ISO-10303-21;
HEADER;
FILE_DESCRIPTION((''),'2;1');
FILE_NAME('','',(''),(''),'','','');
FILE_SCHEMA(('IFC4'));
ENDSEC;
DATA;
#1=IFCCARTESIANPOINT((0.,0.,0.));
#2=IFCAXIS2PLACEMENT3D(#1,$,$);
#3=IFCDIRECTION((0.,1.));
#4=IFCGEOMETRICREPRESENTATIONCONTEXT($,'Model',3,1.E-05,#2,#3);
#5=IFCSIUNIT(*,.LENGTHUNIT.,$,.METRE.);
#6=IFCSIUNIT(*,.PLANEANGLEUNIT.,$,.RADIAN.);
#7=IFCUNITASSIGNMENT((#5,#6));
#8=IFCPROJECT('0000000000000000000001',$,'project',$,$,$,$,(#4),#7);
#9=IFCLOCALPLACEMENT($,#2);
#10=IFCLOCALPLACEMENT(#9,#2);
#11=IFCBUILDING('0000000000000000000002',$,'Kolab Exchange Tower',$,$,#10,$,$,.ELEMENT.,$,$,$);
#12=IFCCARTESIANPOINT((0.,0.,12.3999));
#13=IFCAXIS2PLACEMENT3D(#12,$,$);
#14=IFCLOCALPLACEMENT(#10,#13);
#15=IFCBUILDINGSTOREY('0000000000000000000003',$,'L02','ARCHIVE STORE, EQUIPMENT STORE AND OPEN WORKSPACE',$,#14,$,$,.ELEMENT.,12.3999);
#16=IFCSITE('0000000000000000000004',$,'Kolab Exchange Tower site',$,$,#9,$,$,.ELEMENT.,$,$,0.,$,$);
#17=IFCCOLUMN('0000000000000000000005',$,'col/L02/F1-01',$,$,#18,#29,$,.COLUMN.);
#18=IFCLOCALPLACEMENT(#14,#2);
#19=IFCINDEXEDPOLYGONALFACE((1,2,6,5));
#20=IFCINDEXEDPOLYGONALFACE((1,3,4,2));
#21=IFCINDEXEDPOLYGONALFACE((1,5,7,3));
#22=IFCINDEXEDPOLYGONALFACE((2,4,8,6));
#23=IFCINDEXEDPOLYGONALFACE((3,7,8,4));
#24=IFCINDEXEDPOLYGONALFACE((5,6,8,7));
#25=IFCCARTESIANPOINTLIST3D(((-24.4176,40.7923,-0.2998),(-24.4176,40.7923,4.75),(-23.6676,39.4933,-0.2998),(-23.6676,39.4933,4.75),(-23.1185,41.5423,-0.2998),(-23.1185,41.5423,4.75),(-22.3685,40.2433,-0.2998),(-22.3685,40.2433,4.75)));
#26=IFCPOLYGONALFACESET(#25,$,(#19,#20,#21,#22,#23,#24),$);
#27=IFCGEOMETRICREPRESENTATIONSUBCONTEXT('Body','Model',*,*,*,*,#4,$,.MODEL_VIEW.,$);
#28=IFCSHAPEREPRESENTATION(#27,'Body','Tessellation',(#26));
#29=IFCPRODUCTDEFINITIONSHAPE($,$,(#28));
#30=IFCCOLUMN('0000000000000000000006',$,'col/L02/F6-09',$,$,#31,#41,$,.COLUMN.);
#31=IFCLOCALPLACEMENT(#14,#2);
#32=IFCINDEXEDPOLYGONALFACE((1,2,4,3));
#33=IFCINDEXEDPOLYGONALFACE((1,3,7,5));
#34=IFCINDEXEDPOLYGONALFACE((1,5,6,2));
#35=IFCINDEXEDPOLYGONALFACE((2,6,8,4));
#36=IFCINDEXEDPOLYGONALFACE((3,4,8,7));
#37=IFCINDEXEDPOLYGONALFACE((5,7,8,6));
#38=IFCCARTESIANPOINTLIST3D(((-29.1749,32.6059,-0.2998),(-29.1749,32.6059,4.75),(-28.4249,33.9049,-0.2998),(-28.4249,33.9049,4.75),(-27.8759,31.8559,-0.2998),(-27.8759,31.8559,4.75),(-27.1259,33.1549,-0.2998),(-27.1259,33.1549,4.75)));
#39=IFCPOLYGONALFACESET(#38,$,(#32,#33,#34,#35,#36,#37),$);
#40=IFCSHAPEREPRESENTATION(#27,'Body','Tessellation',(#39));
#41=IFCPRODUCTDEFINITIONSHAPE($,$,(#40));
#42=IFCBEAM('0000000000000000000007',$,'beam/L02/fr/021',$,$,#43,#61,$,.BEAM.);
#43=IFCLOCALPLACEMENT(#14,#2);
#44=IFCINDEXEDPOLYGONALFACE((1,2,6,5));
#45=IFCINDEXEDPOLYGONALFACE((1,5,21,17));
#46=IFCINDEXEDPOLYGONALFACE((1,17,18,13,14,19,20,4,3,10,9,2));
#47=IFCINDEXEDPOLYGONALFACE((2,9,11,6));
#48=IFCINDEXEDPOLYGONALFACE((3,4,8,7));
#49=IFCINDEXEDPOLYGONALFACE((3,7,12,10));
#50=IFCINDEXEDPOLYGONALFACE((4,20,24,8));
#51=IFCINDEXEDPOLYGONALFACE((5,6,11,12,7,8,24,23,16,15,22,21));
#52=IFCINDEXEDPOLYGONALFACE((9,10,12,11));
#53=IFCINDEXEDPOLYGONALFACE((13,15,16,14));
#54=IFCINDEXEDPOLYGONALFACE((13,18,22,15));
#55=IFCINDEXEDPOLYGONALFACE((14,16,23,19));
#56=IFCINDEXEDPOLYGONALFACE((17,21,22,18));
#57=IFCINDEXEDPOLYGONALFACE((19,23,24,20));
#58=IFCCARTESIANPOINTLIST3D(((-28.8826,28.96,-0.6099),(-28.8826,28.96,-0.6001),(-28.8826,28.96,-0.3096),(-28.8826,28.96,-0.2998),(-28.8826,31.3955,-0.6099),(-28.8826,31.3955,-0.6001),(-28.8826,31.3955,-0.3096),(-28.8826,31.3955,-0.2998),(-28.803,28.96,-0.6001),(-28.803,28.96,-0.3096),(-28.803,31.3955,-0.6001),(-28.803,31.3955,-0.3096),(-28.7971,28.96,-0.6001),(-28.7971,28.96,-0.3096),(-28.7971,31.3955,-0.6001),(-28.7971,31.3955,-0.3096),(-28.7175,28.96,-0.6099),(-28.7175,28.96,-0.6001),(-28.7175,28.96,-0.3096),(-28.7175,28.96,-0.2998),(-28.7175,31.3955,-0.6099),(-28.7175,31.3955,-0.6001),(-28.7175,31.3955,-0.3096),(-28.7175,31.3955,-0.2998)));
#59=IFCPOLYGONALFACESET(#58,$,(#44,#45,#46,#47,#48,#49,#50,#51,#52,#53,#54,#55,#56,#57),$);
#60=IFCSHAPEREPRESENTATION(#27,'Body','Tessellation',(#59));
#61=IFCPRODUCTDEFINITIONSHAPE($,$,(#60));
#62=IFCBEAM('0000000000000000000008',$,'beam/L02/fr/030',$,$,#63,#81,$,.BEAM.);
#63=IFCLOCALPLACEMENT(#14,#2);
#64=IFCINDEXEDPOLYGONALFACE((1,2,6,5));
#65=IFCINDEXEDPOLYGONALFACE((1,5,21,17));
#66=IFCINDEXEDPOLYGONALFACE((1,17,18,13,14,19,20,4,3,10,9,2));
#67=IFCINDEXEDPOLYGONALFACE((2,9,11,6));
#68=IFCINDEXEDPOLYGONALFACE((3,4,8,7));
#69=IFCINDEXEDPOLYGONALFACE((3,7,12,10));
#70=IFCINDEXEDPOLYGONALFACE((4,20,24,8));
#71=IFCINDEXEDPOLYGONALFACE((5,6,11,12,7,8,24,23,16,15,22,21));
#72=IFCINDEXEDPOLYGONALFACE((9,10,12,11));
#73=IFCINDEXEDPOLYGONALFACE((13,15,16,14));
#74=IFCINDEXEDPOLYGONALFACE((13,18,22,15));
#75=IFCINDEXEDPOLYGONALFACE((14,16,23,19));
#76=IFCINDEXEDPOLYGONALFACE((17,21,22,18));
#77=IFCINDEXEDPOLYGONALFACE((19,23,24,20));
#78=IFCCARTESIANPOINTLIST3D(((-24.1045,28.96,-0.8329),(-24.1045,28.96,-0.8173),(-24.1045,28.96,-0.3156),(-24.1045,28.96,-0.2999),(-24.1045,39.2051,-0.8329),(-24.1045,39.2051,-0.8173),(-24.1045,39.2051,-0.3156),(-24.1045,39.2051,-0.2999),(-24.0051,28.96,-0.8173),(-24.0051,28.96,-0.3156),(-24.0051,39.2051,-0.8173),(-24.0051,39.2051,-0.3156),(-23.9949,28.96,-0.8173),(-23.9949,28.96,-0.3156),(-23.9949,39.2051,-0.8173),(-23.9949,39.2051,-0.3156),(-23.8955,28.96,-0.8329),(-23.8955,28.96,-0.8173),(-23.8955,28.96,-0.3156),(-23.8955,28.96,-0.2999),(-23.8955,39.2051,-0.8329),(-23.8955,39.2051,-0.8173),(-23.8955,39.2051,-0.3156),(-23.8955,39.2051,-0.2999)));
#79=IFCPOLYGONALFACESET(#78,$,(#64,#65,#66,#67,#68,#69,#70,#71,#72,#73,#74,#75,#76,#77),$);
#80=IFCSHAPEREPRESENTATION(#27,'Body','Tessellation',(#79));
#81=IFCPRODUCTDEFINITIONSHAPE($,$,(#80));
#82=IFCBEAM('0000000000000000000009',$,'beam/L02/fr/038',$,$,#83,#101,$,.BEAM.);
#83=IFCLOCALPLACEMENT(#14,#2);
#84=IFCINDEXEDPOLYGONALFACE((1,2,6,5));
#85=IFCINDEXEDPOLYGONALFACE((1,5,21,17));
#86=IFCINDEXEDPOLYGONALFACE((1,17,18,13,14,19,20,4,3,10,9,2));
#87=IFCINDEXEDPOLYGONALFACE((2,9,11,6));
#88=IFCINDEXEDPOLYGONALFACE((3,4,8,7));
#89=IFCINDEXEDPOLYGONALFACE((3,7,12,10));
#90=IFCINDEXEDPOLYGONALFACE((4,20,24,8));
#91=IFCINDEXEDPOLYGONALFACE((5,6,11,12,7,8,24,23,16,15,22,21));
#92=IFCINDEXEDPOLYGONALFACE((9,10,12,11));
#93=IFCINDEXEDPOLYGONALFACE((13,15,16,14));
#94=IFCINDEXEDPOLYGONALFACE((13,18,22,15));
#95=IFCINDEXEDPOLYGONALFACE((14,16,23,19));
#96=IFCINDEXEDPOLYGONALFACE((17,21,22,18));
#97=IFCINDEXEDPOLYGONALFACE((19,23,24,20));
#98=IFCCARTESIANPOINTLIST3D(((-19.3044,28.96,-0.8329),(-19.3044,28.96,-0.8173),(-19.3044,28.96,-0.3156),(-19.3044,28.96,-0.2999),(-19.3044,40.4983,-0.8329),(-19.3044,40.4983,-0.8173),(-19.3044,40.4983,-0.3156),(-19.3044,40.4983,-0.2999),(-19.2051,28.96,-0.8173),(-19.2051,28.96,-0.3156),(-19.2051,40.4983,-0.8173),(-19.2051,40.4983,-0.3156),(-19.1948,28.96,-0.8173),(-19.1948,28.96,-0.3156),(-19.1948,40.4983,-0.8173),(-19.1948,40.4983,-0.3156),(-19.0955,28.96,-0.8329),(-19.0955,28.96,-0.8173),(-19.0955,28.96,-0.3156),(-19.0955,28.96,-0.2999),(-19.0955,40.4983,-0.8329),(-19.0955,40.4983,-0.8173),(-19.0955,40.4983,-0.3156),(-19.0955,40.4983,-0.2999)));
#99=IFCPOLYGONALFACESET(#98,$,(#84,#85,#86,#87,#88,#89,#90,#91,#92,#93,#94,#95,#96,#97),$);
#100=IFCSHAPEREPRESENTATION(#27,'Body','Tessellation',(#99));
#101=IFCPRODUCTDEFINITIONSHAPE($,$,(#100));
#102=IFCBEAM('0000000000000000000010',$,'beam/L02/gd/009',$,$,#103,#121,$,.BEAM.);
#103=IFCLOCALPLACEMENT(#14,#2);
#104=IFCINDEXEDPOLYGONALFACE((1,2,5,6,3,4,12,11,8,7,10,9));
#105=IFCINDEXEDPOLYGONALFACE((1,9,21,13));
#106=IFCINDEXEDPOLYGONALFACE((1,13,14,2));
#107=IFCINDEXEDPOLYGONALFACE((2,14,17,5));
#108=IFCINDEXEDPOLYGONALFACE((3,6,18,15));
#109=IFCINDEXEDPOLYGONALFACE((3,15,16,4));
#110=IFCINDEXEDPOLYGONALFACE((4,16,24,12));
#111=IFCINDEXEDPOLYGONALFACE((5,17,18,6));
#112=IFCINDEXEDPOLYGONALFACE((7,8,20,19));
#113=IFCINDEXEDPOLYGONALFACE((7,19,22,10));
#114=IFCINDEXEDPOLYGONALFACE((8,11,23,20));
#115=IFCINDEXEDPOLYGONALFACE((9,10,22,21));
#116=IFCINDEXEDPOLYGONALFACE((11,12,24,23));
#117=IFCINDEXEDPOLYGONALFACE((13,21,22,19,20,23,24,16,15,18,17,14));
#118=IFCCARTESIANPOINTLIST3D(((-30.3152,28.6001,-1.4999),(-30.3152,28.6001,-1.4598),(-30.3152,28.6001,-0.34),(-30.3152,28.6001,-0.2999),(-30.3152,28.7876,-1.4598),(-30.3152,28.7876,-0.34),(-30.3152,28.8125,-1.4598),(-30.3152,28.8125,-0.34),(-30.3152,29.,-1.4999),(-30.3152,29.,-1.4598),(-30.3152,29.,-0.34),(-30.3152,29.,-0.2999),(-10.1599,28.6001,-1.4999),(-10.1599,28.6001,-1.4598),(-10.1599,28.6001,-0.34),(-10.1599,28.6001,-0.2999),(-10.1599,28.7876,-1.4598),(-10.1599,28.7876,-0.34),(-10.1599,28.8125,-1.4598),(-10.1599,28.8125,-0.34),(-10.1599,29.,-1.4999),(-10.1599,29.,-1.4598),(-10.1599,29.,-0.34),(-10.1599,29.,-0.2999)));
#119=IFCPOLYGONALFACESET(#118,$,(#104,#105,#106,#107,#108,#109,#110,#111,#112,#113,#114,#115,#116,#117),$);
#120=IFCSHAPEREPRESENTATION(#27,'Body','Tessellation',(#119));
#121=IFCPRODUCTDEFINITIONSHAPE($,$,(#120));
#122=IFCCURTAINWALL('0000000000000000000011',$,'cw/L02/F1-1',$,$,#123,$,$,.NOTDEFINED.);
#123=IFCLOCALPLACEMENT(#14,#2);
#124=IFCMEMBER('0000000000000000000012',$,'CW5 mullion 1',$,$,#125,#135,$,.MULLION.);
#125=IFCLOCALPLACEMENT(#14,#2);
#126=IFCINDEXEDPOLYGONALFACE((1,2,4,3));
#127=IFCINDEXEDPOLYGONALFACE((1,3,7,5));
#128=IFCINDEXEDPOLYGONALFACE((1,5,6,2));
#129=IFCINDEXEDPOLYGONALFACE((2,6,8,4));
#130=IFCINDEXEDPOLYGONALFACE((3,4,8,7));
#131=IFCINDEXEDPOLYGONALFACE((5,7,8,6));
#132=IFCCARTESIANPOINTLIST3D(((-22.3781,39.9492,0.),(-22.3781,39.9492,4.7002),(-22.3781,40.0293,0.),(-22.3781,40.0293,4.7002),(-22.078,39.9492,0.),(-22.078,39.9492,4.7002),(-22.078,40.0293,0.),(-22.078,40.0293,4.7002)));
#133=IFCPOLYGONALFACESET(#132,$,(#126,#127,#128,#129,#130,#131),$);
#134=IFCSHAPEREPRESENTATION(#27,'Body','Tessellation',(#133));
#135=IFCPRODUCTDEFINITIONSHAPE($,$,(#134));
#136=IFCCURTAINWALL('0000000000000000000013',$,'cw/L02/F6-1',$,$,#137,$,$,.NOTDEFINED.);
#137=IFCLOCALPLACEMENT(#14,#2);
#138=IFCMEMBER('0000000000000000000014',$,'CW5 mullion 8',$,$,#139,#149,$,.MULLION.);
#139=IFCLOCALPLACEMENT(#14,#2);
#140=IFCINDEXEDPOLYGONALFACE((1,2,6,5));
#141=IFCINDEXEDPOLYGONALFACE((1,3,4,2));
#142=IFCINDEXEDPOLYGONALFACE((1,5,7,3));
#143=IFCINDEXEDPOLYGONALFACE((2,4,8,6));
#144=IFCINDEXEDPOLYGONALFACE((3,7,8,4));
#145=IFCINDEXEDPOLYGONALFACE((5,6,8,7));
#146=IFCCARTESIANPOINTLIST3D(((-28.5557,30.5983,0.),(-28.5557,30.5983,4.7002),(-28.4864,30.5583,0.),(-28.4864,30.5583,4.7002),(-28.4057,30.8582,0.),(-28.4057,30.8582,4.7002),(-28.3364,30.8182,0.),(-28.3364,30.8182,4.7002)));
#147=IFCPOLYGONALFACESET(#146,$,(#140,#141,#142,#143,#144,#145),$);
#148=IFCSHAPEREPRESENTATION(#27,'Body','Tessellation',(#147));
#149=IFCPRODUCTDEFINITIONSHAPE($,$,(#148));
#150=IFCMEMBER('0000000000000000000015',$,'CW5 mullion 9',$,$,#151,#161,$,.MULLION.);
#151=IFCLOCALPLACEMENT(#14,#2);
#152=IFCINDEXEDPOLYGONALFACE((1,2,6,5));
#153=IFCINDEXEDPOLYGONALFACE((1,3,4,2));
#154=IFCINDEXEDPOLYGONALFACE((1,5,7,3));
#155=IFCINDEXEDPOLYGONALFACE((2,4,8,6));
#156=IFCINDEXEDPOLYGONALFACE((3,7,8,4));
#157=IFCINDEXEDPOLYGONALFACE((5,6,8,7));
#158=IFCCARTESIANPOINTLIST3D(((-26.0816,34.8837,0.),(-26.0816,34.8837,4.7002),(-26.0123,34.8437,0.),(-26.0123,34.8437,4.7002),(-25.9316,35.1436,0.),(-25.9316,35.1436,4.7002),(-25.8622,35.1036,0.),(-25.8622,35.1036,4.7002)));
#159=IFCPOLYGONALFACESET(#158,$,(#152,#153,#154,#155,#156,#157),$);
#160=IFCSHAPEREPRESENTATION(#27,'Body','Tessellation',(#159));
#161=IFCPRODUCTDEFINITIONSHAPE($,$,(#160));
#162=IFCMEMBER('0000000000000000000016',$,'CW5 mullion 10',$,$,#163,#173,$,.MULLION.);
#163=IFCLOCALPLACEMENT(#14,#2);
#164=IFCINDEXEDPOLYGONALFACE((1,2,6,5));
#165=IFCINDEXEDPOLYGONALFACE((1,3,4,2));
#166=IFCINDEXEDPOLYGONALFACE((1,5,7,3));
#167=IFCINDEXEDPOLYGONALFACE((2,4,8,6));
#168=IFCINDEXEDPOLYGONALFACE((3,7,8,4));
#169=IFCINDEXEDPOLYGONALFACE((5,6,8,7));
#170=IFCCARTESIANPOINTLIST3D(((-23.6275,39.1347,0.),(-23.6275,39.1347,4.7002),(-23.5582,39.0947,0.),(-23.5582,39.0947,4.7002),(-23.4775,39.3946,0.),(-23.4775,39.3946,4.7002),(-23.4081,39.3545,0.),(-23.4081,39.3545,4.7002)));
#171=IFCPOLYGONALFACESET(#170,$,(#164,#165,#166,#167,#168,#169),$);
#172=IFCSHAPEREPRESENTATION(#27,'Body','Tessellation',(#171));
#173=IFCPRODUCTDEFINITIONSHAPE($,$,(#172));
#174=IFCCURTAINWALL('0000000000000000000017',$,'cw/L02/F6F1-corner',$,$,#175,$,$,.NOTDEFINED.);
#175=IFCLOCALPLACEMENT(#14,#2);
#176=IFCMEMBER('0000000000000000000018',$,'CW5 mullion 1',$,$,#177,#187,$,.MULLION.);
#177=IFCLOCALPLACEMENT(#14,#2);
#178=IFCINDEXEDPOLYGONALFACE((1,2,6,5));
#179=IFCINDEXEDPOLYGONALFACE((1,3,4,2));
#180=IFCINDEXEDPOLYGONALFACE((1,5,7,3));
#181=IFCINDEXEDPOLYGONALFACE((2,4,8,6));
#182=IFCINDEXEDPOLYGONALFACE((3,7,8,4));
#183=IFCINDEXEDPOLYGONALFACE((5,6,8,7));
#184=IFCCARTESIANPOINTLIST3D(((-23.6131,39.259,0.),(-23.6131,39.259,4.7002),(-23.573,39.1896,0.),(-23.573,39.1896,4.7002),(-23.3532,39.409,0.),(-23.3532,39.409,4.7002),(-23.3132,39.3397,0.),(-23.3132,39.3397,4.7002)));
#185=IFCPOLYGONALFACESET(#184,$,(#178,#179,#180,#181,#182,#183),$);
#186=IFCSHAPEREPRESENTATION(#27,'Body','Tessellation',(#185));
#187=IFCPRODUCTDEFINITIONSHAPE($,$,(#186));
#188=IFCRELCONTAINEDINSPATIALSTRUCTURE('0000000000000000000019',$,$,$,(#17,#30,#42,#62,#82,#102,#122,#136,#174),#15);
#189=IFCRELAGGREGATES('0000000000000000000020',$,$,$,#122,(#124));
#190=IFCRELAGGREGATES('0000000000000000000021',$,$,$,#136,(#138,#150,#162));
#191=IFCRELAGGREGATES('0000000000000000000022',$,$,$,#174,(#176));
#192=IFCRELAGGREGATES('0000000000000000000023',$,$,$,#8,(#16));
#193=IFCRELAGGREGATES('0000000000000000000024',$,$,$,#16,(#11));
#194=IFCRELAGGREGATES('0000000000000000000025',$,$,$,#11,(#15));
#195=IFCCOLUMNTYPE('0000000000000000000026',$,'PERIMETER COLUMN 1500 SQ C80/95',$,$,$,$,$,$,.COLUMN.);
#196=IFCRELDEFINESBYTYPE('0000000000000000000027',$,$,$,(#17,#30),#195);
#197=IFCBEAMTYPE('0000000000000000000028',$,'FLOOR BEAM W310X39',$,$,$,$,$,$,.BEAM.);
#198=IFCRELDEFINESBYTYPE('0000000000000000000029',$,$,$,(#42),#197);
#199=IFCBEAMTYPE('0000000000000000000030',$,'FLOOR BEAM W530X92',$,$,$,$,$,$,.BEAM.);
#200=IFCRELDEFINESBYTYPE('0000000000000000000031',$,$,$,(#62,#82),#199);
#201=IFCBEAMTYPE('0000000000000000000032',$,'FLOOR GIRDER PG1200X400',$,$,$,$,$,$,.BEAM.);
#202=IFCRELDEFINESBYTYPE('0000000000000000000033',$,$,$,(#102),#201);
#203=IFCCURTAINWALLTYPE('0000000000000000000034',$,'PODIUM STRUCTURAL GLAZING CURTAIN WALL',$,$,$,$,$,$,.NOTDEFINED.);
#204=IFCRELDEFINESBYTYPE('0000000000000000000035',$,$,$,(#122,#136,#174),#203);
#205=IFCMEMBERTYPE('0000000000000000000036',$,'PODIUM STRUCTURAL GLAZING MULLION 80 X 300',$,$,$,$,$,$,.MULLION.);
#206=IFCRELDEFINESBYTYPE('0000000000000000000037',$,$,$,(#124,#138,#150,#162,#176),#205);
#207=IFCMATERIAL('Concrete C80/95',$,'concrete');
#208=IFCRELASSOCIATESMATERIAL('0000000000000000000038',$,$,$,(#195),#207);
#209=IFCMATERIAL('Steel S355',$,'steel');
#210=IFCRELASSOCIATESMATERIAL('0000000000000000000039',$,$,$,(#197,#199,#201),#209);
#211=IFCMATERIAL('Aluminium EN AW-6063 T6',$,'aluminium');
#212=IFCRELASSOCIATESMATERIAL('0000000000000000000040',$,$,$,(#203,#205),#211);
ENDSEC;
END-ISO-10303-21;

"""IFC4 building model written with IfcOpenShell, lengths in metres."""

from ifc_helpers import new_model, si_unit, direction, frame, origin, origin_2d, place, context, subcontext, project, spatial, rectangle, i_section, extrude, material, material_profile, profile_set, type_object, element, aggregate, save


model = new_model("IFC4")

# Units and contexts
model_context = context("Model", 3, precision=1e-05, world=origin(), true_north=direction((0.0, 1.0)))
body_context = subcontext(model_context, "Body", "Model", "MODEL_VIEW")
ifc_project = project(units=[si_unit("LENGTHUNIT", "METRE"), si_unit("PLANEANGLEUNIT", "RADIAN")], contexts=[model_context])

# Site, building, storey
site_placement = place(None, origin())
site = spatial("IfcSite", under=ifc_project, at=site_placement, Name="Kolab Exchange Tower site", CompositionType="ELEMENT", RefElevation=0.0)
building_placement = place(site_placement, origin())
building = spatial("IfcBuilding", under=site, at=building_placement, Name="Kolab Exchange Tower", CompositionType="ELEMENT")
storey_placement = place(building_placement, frame((0.0, 0.0, 12.3999)))
storey = spatial("IfcBuildingStorey", under=building, at=storey_placement, Name="L02", Description="ARCHIVE STORE, EQUIPMENT STORE AND OPEN WORKSPACE", CompositionType="ELEMENT", Elevation=12.3999)

# Columns
ifc_material_1 = material(Name="Concrete C80/95", Category="concrete")
ifc_material_profile_1 = material_profile(ifc_material_1, rectangle(XDim=1.5, YDim=1.5, at=origin_2d()), Name="RC1500")
ifc_profile_set_1 = profile_set([ifc_material_profile_1], Name="Concrete C80/95")
column_type = type_object("IfcColumnType", Name="PERIMETER COLUMN 1500 SQ C80/95", PredefinedType="COLUMN", material=ifc_profile_set_1)
for number, where, z_axis, x_axis, name in (
    (1, (-23.3931, 40.5178, -0.2998), (0.0, 0.0, 1.0), (0.866025, 0.5, 0.0), "col/L02/F1-01"),
    (2, (-28.1504, 32.8804, -0.2998), (0.0, 0.0, 1.0), (0.5, 0.866025, 0.0), "col/L02/F6-09"),
):
    element("IfcColumn", number, at=place(storey_placement, frame(where, z_axis=z_axis, x_axis=x_axis)), inside=storey, type_object=column_type, Name=name, PredefinedType="COLUMN", context=body_context, shape_type="SweptSolid", body=[
        extrude(rectangle(XDim=1.5, YDim=1.5, at=origin_2d()), origin(), (0.0, 0.0, 1.0), 5.0498),
    ])

# Beams
ifc_material_2 = material(Name="Steel S355", Category="steel")
ifc_material_profile_2 = material_profile(ifc_material_2, i_section(OverallWidth=0.165, OverallDepth=0.3101, WebThickness=0.0059, FlangeThickness=0.0098, at=origin_2d()), Name="W310X39")
ifc_profile_set_2 = profile_set([ifc_material_profile_2], Name="Steel S355")
beam_type_1 = type_object("IfcBeamType", Name="FLOOR BEAM W310X39", PredefinedType="BEAM", material=ifc_profile_set_2)
beam_1_placement = place(storey_placement, frame((-28.8, 28.96, -0.4548), z_axis=(0.0, 1.0, 0.0), x_axis=(-1.0, 0.0, 0.0)))
element("IfcBeam", 3, at=beam_1_placement, inside=storey, type_object=beam_type_1, Name="beam/L02/fr/021", PredefinedType="BEAM", context=body_context, shape_type="SweptSolid", body=[
    extrude(i_section(OverallWidth=0.165, OverallDepth=0.3101, WebThickness=0.0059, FlangeThickness=0.0098, at=origin_2d()), origin(), (0.0, 0.0, 1.0), 2.4355),
])
ifc_material_profile_3 = material_profile(ifc_material_2, i_section(OverallWidth=0.209, OverallDepth=0.533, WebThickness=0.0103, FlangeThickness=0.0156, at=origin_2d()), Name="W530X92")
ifc_profile_set_3 = profile_set([ifc_material_profile_3], Name="Steel S355")
beam_type_2 = type_object("IfcBeamType", Name="FLOOR BEAM W530X92", PredefinedType="BEAM", material=ifc_profile_set_3)
beam_2_placement = place(storey_placement, frame((-24.0, 28.96, -0.5664), z_axis=(0.0, 1.0, 0.0), x_axis=(-1.0, 0.0, 0.0)))
element("IfcBeam", 4, at=beam_2_placement, inside=storey, type_object=beam_type_2, Name="beam/L02/fr/030", PredefinedType="BEAM", context=body_context, shape_type="SweptSolid", body=[
    extrude(i_section(OverallWidth=0.209, OverallDepth=0.533, WebThickness=0.0103, FlangeThickness=0.0156, at=origin_2d()), origin(), (0.0, 0.0, 1.0), 10.2451),
])
beam_3_placement = place(storey_placement, frame((-19.2, 28.96, -0.5664), z_axis=(0.0, 1.0, 0.0), x_axis=(-1.0, 0.0, 0.0)))
element("IfcBeam", 5, at=beam_3_placement, inside=storey, type_object=beam_type_2, Name="beam/L02/fr/038", PredefinedType="BEAM", context=body_context, shape_type="SweptSolid", body=[
    extrude(i_section(OverallWidth=0.209, OverallDepth=0.533, WebThickness=0.0103, FlangeThickness=0.0156, at=origin_2d()), origin(), (0.0, 0.0, 1.0), 11.5383),
])
ifc_material_profile_4 = material_profile(ifc_material_2, i_section(OverallWidth=0.3999, OverallDepth=1.2, WebThickness=0.0249, FlangeThickness=0.04, at=origin_2d()), Name="PG1200X400")
ifc_profile_set_4 = profile_set([ifc_material_profile_4], Name="Steel S355")
beam_type_3 = type_object("IfcBeamType", Name="FLOOR GIRDER PG1200X400", PredefinedType="BEAM", material=ifc_profile_set_4)
beam_4_placement = place(storey_placement, frame((-30.3152, 28.8, -0.8999), z_axis=(1.0, 0.0, 0.0), x_axis=(0.0, 1.0, 0.0)))
element("IfcBeam", 6, at=beam_4_placement, inside=storey, type_object=beam_type_3, Name="beam/L02/gd/009", PredefinedType="BEAM", context=body_context, shape_type="SweptSolid", body=[
    extrude(i_section(OverallWidth=0.3999, OverallDepth=1.2, WebThickness=0.0249, FlangeThickness=0.04, at=origin_2d()), origin(), (0.0, 0.0, 1.0), 20.1553),
])

# Curtain wall, member
ifc_material_3 = material(Name="Aluminium EN AW-6063 T6", Category="aluminium")
curtain_wall_type = type_object("IfcCurtainWallType", Name="PODIUM STRUCTURAL GLAZING CURTAIN WALL", PredefinedType="NOTDEFINED", material=ifc_material_3)
curtain_wall_1_placement = place(storey_placement, origin())
curtain_wall_1 = element("IfcCurtainWall", 7, at=curtain_wall_1_placement, inside=storey, type_object=curtain_wall_type, Name="cw/L02/F1-1", PredefinedType="NOTDEFINED")
ifc_material_profile_5 = material_profile(ifc_material_3, rectangle(XDim=0.0801, YDim=0.3, at=origin_2d()), Name="RECT 80X300")
ifc_profile_set_5 = profile_set([ifc_material_profile_5], Name="Aluminium EN AW-6063 T6")
member_type_1 = type_object("IfcMemberType", Name="PODIUM STRUCTURAL GLAZING MULLION 80 X 300", PredefinedType="MULLION", material=ifc_profile_set_5)
member_1_placement = place(storey_placement, frame((-22.228, 39.9893, 0.0), z_axis=(0.0, 0.0, 1.0), x_axis=(0.0, 1.0, 0.0)))
member_1 = element("IfcMember", 8, at=member_1_placement, type_object=member_type_1, Name="CW5 mullion 1", PredefinedType="MULLION", context=body_context, shape_type="SweptSolid", body=[
    extrude(rectangle(XDim=0.0801, YDim=0.3, at=origin_2d()), origin(), (0.0, 0.0, 1.0), 4.7002),
])

# Curtain walls, members
curtain_wall_2_placement = place(storey_placement, origin())
curtain_wall_2 = element("IfcCurtainWall", 9, at=curtain_wall_2_placement, inside=storey, type_object=curtain_wall_type, Name="cw/L02/F6-1", PredefinedType="NOTDEFINED")
member_2_placement = place(storey_placement, frame((-28.446, 30.7083, 0.0), z_axis=(0.0, 0.0, 1.0), x_axis=(-0.866025, 0.5, 0.0)))
member_2 = element("IfcMember", 10, at=member_2_placement, type_object=member_type_1, Name="CW5 mullion 8", PredefinedType="MULLION", context=body_context, shape_type="SweptSolid", body=[
    extrude(rectangle(XDim=0.0801, YDim=0.3, at=origin_2d()), origin(), (0.0, 0.0, 1.0), 4.7002),
])
member_3_placement = place(storey_placement, frame((-25.9719, 34.9937, 0.0), z_axis=(0.0, 0.0, 1.0), x_axis=(-0.866025, 0.5, 0.0)))
member_3 = element("IfcMember", 11, at=member_3_placement, type_object=member_type_1, Name="CW5 mullion 9", PredefinedType="MULLION", context=body_context, shape_type="SweptSolid", body=[
    extrude(rectangle(XDim=0.0801, YDim=0.3, at=origin_2d()), origin(), (0.0, 0.0, 1.0), 4.7002),
])
member_4_placement = place(storey_placement, frame((-23.5178, 39.2446, 0.0), z_axis=(0.0, 0.0, 1.0), x_axis=(-0.866025, 0.5, 0.0)))
member_4 = element("IfcMember", 12, at=member_4_placement, type_object=member_type_1, Name="CW5 mullion 10", PredefinedType="MULLION", context=body_context, shape_type="SweptSolid", body=[
    extrude(rectangle(XDim=0.0801, YDim=0.3, at=origin_2d()), origin(), (0.0, 0.0, 1.0), 4.7002),
])
curtain_wall_3_placement = place(storey_placement, origin())
curtain_wall_3 = element("IfcCurtainWall", 13, at=curtain_wall_3_placement, inside=storey, type_object=curtain_wall_type, Name="cw/L02/F6F1-corner", PredefinedType="NOTDEFINED")
member_5_placement = place(storey_placement, frame((-23.4631, 39.2993, 0.0), z_axis=(0.0, 0.0, 1.0), x_axis=(-0.5, 0.866025, 0.0)))
member_5 = element("IfcMember", 14, at=member_5_placement, type_object=member_type_1, Name="CW5 mullion 1", PredefinedType="MULLION", context=body_context, shape_type="SweptSolid", body=[
    extrude(rectangle(XDim=0.0801, YDim=0.3, at=origin_2d()), origin(), (0.0, 0.0, 1.0), 4.7002),
])

aggregate(curtain_wall_1, [member_1])
aggregate(curtain_wall_2, [member_2, member_3, member_4])
aggregate(curtain_wall_3, [member_5])

save(model, "model.ifc")
